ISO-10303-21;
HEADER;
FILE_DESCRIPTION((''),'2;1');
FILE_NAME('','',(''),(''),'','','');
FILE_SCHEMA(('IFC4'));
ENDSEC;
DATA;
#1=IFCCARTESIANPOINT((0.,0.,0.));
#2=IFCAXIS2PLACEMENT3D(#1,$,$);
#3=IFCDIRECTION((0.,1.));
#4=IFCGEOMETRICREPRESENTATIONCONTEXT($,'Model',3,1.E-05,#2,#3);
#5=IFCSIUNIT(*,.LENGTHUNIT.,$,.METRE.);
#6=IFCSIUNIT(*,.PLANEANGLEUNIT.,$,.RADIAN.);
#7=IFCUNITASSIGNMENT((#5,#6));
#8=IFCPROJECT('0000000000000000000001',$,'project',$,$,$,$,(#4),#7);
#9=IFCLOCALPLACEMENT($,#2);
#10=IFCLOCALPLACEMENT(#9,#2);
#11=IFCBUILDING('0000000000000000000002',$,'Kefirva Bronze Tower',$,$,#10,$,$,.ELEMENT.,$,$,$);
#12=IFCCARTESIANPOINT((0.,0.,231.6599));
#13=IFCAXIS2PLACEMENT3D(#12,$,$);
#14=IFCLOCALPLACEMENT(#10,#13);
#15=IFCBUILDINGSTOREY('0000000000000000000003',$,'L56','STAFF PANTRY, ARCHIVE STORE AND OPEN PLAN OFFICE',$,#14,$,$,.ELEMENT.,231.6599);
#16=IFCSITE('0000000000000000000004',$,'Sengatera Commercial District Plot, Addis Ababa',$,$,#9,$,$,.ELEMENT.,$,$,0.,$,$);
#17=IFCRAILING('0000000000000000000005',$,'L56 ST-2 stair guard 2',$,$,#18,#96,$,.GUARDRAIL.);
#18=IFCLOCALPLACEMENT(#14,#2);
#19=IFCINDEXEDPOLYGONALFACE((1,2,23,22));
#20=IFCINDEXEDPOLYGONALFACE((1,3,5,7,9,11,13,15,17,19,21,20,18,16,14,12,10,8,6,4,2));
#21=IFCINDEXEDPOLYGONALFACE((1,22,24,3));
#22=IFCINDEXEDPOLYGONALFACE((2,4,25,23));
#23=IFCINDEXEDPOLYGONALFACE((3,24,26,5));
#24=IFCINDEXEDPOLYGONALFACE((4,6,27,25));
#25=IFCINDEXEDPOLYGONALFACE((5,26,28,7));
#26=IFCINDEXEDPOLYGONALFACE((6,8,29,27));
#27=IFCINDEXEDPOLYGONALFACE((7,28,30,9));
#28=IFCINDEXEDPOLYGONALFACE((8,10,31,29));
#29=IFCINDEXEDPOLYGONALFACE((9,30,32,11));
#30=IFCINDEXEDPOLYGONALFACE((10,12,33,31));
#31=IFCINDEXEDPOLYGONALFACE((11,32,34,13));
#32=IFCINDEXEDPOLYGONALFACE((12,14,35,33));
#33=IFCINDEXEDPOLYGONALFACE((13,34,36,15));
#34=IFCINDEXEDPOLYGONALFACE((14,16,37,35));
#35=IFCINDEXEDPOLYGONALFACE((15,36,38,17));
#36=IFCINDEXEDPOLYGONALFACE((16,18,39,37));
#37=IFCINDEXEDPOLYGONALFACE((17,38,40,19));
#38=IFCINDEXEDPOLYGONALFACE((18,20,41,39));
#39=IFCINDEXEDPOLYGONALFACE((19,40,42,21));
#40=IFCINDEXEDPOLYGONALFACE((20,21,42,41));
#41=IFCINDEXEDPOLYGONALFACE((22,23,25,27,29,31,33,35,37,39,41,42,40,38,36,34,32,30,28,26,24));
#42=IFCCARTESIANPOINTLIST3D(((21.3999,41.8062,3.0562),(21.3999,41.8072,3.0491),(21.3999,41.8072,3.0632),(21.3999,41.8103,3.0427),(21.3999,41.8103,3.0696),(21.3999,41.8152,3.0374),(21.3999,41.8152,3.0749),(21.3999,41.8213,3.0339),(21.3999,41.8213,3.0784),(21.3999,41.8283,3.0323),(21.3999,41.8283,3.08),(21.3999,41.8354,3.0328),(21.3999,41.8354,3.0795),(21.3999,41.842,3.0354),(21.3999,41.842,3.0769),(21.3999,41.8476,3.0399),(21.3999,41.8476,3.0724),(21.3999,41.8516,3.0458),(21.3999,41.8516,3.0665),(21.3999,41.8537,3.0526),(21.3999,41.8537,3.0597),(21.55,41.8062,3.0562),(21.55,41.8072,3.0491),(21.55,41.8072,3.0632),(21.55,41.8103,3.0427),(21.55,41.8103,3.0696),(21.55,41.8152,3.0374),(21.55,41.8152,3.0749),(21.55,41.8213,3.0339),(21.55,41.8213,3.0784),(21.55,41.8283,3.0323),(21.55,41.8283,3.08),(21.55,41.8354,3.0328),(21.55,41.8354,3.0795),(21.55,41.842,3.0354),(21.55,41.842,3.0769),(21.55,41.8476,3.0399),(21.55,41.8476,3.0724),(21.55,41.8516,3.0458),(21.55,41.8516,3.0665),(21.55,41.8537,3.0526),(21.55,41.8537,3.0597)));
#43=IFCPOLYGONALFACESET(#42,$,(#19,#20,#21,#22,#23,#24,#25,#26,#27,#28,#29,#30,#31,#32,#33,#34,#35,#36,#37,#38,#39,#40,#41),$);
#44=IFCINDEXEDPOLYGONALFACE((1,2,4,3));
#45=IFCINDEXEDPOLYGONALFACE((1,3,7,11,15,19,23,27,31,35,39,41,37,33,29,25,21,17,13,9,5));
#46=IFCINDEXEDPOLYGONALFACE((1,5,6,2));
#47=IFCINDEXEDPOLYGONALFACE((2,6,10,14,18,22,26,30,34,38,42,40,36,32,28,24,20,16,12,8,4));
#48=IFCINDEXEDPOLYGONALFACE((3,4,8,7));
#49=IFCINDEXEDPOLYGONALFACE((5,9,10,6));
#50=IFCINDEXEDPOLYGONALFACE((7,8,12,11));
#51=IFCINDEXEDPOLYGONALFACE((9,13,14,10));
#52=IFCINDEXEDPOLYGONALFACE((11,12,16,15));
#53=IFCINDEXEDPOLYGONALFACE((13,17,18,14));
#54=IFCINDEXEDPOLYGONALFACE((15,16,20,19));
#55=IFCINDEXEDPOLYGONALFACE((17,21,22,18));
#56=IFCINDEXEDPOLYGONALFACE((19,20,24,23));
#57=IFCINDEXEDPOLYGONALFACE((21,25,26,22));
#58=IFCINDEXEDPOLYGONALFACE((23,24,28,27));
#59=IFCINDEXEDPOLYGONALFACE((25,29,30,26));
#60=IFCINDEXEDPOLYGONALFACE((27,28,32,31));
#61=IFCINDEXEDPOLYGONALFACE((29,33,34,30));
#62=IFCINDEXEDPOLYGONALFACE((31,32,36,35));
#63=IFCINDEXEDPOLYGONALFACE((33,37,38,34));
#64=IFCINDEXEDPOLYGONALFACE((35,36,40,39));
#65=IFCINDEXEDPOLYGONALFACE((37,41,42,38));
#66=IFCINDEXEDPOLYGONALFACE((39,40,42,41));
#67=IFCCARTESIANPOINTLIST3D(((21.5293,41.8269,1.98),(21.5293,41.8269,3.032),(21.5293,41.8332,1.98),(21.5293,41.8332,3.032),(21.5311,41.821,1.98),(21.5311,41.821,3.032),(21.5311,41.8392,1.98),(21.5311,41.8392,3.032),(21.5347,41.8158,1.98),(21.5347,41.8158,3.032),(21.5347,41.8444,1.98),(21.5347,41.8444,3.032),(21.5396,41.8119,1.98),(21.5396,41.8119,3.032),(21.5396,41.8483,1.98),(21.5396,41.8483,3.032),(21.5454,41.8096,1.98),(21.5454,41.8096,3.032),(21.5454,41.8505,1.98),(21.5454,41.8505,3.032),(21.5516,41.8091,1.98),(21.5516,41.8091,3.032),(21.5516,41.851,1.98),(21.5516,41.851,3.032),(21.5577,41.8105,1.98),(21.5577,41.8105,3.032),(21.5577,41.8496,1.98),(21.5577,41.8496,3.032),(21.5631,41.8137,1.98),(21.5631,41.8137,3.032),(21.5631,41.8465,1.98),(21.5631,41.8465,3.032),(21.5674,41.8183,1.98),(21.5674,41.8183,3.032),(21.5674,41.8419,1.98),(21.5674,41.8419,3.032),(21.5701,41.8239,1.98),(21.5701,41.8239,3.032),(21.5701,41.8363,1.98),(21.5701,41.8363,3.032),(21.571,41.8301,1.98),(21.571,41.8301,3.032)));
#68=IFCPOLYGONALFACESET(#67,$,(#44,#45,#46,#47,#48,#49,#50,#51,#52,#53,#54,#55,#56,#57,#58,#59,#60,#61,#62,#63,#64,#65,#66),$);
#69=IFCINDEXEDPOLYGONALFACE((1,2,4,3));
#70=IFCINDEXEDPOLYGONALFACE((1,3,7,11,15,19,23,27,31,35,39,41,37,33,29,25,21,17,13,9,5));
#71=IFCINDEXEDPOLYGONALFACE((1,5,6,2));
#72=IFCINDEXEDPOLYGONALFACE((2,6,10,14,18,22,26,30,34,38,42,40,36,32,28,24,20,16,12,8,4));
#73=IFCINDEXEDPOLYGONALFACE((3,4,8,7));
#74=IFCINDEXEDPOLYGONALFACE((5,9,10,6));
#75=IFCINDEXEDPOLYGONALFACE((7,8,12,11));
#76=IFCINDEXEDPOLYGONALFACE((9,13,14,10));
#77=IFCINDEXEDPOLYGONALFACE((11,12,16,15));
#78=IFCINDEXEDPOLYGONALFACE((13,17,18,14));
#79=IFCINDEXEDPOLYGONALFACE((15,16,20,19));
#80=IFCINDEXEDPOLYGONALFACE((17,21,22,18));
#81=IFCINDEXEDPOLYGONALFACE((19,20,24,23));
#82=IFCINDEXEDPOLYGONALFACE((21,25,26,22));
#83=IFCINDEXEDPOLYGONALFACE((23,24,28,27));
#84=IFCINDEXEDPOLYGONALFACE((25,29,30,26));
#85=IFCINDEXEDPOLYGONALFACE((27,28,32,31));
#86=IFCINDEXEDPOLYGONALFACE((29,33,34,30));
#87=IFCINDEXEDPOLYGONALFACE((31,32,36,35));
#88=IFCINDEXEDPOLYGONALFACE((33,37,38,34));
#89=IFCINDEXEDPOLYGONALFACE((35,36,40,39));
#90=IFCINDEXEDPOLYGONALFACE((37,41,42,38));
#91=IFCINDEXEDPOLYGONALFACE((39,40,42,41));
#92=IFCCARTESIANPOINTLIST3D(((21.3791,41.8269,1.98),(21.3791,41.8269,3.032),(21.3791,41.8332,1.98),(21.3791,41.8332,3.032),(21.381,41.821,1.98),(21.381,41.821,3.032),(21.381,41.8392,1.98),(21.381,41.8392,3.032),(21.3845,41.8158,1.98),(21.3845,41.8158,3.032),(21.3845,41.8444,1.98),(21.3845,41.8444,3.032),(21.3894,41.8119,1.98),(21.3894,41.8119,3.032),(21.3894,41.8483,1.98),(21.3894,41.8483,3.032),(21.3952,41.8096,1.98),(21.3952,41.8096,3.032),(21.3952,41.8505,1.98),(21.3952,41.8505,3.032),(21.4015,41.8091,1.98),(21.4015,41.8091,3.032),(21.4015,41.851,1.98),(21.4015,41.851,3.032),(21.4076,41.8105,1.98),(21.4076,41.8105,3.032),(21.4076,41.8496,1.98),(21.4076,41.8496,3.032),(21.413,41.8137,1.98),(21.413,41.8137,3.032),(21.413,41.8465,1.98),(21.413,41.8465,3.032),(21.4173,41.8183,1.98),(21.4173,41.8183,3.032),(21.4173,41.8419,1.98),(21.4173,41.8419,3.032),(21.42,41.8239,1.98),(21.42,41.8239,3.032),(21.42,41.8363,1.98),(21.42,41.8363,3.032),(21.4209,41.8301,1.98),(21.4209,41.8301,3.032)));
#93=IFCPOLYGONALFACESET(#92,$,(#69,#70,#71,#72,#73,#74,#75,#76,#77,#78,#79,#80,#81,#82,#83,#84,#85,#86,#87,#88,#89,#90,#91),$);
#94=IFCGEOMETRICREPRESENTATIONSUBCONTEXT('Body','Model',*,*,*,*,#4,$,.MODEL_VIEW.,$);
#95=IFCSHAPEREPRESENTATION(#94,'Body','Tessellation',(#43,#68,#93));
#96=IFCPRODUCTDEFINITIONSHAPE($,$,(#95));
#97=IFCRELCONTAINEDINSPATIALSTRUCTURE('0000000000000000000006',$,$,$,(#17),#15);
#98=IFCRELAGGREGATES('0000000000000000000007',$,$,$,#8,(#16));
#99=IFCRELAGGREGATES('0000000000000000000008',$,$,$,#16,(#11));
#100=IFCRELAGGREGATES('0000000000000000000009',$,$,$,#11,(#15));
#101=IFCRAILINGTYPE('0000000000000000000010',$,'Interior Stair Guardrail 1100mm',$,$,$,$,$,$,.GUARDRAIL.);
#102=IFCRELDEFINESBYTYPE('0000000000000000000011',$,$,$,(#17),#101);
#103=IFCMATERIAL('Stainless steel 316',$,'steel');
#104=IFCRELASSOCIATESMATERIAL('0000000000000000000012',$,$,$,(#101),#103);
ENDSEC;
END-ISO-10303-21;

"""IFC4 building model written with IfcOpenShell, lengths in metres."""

from ifc_helpers import new_model, si_unit, direction, frame, origin, origin_2d, place, context, subcontext, project, spatial, circle, extrude, material, type_object, element, save


model = new_model("IFC4")

# Units and contexts
model_context = context("Model", 3, precision=1e-05, world=origin(), true_north=direction((0.0, 1.0)))
body_context = subcontext(model_context, "Body", "Model", "MODEL_VIEW")
ifc_project = project(units=[si_unit("LENGTHUNIT", "METRE"), si_unit("PLANEANGLEUNIT", "RADIAN")], contexts=[model_context])

# Site, building, storey
site_placement = place(None, origin())
site = spatial("IfcSite", under=ifc_project, at=site_placement, Name="Sengatera Commercial District Plot, Addis Ababa", CompositionType="ELEMENT", RefElevation=0.0)
building_placement = place(site_placement, origin())
building = spatial("IfcBuilding", under=site, at=building_placement, Name="Kefirva Bronze Tower", CompositionType="ELEMENT")
storey_placement = place(building_placement, frame((0.0, 0.0, 231.6599)))
storey = spatial("IfcBuildingStorey", under=building, at=storey_placement, Name="L56", Description="STAFF PANTRY, ARCHIVE STORE AND OPEN PLAN OFFICE", CompositionType="ELEMENT", Elevation=231.6599)

# Railing
ifc_material_1 = material(Name="Stainless steel 316", Category="steel")
railing_type_1 = type_object("IfcRailingType", Name="Interior Stair Guardrail 1100mm", PredefinedType="GUARDRAIL", material=ifc_material_1)
railing_1_placement = place(storey_placement, frame((21.55, 41.8301, 1.98)))
element("IfcRailing", 1, at=railing_1_placement, inside=storey, type_object=railing_type_1, Name="L56 ST-2 stair guard 2", PredefinedType="GUARDRAIL", context=body_context, shape_type="SweptSolid", body=[
    extrude(circle(Radius=0.0239, at=origin_2d()), frame((0.0, 0.0, 1.0762), z_axis=(-1.0, 0.0, 0.0), x_axis=(0.0, -1.0, 0.0)), (0.0, 0.0, 1.0), 0.1501),
    extrude(circle(Radius=0.021, at=origin_2d()), origin(), (0.0, 0.0, 1.0), 1.052),
    extrude(circle(Radius=0.021, at=origin_2d()), frame((-0.1501, 0.0, 0.0)), (0.0, 0.0, 1.0), 1.052),
])

save(model, "model.ifc")
